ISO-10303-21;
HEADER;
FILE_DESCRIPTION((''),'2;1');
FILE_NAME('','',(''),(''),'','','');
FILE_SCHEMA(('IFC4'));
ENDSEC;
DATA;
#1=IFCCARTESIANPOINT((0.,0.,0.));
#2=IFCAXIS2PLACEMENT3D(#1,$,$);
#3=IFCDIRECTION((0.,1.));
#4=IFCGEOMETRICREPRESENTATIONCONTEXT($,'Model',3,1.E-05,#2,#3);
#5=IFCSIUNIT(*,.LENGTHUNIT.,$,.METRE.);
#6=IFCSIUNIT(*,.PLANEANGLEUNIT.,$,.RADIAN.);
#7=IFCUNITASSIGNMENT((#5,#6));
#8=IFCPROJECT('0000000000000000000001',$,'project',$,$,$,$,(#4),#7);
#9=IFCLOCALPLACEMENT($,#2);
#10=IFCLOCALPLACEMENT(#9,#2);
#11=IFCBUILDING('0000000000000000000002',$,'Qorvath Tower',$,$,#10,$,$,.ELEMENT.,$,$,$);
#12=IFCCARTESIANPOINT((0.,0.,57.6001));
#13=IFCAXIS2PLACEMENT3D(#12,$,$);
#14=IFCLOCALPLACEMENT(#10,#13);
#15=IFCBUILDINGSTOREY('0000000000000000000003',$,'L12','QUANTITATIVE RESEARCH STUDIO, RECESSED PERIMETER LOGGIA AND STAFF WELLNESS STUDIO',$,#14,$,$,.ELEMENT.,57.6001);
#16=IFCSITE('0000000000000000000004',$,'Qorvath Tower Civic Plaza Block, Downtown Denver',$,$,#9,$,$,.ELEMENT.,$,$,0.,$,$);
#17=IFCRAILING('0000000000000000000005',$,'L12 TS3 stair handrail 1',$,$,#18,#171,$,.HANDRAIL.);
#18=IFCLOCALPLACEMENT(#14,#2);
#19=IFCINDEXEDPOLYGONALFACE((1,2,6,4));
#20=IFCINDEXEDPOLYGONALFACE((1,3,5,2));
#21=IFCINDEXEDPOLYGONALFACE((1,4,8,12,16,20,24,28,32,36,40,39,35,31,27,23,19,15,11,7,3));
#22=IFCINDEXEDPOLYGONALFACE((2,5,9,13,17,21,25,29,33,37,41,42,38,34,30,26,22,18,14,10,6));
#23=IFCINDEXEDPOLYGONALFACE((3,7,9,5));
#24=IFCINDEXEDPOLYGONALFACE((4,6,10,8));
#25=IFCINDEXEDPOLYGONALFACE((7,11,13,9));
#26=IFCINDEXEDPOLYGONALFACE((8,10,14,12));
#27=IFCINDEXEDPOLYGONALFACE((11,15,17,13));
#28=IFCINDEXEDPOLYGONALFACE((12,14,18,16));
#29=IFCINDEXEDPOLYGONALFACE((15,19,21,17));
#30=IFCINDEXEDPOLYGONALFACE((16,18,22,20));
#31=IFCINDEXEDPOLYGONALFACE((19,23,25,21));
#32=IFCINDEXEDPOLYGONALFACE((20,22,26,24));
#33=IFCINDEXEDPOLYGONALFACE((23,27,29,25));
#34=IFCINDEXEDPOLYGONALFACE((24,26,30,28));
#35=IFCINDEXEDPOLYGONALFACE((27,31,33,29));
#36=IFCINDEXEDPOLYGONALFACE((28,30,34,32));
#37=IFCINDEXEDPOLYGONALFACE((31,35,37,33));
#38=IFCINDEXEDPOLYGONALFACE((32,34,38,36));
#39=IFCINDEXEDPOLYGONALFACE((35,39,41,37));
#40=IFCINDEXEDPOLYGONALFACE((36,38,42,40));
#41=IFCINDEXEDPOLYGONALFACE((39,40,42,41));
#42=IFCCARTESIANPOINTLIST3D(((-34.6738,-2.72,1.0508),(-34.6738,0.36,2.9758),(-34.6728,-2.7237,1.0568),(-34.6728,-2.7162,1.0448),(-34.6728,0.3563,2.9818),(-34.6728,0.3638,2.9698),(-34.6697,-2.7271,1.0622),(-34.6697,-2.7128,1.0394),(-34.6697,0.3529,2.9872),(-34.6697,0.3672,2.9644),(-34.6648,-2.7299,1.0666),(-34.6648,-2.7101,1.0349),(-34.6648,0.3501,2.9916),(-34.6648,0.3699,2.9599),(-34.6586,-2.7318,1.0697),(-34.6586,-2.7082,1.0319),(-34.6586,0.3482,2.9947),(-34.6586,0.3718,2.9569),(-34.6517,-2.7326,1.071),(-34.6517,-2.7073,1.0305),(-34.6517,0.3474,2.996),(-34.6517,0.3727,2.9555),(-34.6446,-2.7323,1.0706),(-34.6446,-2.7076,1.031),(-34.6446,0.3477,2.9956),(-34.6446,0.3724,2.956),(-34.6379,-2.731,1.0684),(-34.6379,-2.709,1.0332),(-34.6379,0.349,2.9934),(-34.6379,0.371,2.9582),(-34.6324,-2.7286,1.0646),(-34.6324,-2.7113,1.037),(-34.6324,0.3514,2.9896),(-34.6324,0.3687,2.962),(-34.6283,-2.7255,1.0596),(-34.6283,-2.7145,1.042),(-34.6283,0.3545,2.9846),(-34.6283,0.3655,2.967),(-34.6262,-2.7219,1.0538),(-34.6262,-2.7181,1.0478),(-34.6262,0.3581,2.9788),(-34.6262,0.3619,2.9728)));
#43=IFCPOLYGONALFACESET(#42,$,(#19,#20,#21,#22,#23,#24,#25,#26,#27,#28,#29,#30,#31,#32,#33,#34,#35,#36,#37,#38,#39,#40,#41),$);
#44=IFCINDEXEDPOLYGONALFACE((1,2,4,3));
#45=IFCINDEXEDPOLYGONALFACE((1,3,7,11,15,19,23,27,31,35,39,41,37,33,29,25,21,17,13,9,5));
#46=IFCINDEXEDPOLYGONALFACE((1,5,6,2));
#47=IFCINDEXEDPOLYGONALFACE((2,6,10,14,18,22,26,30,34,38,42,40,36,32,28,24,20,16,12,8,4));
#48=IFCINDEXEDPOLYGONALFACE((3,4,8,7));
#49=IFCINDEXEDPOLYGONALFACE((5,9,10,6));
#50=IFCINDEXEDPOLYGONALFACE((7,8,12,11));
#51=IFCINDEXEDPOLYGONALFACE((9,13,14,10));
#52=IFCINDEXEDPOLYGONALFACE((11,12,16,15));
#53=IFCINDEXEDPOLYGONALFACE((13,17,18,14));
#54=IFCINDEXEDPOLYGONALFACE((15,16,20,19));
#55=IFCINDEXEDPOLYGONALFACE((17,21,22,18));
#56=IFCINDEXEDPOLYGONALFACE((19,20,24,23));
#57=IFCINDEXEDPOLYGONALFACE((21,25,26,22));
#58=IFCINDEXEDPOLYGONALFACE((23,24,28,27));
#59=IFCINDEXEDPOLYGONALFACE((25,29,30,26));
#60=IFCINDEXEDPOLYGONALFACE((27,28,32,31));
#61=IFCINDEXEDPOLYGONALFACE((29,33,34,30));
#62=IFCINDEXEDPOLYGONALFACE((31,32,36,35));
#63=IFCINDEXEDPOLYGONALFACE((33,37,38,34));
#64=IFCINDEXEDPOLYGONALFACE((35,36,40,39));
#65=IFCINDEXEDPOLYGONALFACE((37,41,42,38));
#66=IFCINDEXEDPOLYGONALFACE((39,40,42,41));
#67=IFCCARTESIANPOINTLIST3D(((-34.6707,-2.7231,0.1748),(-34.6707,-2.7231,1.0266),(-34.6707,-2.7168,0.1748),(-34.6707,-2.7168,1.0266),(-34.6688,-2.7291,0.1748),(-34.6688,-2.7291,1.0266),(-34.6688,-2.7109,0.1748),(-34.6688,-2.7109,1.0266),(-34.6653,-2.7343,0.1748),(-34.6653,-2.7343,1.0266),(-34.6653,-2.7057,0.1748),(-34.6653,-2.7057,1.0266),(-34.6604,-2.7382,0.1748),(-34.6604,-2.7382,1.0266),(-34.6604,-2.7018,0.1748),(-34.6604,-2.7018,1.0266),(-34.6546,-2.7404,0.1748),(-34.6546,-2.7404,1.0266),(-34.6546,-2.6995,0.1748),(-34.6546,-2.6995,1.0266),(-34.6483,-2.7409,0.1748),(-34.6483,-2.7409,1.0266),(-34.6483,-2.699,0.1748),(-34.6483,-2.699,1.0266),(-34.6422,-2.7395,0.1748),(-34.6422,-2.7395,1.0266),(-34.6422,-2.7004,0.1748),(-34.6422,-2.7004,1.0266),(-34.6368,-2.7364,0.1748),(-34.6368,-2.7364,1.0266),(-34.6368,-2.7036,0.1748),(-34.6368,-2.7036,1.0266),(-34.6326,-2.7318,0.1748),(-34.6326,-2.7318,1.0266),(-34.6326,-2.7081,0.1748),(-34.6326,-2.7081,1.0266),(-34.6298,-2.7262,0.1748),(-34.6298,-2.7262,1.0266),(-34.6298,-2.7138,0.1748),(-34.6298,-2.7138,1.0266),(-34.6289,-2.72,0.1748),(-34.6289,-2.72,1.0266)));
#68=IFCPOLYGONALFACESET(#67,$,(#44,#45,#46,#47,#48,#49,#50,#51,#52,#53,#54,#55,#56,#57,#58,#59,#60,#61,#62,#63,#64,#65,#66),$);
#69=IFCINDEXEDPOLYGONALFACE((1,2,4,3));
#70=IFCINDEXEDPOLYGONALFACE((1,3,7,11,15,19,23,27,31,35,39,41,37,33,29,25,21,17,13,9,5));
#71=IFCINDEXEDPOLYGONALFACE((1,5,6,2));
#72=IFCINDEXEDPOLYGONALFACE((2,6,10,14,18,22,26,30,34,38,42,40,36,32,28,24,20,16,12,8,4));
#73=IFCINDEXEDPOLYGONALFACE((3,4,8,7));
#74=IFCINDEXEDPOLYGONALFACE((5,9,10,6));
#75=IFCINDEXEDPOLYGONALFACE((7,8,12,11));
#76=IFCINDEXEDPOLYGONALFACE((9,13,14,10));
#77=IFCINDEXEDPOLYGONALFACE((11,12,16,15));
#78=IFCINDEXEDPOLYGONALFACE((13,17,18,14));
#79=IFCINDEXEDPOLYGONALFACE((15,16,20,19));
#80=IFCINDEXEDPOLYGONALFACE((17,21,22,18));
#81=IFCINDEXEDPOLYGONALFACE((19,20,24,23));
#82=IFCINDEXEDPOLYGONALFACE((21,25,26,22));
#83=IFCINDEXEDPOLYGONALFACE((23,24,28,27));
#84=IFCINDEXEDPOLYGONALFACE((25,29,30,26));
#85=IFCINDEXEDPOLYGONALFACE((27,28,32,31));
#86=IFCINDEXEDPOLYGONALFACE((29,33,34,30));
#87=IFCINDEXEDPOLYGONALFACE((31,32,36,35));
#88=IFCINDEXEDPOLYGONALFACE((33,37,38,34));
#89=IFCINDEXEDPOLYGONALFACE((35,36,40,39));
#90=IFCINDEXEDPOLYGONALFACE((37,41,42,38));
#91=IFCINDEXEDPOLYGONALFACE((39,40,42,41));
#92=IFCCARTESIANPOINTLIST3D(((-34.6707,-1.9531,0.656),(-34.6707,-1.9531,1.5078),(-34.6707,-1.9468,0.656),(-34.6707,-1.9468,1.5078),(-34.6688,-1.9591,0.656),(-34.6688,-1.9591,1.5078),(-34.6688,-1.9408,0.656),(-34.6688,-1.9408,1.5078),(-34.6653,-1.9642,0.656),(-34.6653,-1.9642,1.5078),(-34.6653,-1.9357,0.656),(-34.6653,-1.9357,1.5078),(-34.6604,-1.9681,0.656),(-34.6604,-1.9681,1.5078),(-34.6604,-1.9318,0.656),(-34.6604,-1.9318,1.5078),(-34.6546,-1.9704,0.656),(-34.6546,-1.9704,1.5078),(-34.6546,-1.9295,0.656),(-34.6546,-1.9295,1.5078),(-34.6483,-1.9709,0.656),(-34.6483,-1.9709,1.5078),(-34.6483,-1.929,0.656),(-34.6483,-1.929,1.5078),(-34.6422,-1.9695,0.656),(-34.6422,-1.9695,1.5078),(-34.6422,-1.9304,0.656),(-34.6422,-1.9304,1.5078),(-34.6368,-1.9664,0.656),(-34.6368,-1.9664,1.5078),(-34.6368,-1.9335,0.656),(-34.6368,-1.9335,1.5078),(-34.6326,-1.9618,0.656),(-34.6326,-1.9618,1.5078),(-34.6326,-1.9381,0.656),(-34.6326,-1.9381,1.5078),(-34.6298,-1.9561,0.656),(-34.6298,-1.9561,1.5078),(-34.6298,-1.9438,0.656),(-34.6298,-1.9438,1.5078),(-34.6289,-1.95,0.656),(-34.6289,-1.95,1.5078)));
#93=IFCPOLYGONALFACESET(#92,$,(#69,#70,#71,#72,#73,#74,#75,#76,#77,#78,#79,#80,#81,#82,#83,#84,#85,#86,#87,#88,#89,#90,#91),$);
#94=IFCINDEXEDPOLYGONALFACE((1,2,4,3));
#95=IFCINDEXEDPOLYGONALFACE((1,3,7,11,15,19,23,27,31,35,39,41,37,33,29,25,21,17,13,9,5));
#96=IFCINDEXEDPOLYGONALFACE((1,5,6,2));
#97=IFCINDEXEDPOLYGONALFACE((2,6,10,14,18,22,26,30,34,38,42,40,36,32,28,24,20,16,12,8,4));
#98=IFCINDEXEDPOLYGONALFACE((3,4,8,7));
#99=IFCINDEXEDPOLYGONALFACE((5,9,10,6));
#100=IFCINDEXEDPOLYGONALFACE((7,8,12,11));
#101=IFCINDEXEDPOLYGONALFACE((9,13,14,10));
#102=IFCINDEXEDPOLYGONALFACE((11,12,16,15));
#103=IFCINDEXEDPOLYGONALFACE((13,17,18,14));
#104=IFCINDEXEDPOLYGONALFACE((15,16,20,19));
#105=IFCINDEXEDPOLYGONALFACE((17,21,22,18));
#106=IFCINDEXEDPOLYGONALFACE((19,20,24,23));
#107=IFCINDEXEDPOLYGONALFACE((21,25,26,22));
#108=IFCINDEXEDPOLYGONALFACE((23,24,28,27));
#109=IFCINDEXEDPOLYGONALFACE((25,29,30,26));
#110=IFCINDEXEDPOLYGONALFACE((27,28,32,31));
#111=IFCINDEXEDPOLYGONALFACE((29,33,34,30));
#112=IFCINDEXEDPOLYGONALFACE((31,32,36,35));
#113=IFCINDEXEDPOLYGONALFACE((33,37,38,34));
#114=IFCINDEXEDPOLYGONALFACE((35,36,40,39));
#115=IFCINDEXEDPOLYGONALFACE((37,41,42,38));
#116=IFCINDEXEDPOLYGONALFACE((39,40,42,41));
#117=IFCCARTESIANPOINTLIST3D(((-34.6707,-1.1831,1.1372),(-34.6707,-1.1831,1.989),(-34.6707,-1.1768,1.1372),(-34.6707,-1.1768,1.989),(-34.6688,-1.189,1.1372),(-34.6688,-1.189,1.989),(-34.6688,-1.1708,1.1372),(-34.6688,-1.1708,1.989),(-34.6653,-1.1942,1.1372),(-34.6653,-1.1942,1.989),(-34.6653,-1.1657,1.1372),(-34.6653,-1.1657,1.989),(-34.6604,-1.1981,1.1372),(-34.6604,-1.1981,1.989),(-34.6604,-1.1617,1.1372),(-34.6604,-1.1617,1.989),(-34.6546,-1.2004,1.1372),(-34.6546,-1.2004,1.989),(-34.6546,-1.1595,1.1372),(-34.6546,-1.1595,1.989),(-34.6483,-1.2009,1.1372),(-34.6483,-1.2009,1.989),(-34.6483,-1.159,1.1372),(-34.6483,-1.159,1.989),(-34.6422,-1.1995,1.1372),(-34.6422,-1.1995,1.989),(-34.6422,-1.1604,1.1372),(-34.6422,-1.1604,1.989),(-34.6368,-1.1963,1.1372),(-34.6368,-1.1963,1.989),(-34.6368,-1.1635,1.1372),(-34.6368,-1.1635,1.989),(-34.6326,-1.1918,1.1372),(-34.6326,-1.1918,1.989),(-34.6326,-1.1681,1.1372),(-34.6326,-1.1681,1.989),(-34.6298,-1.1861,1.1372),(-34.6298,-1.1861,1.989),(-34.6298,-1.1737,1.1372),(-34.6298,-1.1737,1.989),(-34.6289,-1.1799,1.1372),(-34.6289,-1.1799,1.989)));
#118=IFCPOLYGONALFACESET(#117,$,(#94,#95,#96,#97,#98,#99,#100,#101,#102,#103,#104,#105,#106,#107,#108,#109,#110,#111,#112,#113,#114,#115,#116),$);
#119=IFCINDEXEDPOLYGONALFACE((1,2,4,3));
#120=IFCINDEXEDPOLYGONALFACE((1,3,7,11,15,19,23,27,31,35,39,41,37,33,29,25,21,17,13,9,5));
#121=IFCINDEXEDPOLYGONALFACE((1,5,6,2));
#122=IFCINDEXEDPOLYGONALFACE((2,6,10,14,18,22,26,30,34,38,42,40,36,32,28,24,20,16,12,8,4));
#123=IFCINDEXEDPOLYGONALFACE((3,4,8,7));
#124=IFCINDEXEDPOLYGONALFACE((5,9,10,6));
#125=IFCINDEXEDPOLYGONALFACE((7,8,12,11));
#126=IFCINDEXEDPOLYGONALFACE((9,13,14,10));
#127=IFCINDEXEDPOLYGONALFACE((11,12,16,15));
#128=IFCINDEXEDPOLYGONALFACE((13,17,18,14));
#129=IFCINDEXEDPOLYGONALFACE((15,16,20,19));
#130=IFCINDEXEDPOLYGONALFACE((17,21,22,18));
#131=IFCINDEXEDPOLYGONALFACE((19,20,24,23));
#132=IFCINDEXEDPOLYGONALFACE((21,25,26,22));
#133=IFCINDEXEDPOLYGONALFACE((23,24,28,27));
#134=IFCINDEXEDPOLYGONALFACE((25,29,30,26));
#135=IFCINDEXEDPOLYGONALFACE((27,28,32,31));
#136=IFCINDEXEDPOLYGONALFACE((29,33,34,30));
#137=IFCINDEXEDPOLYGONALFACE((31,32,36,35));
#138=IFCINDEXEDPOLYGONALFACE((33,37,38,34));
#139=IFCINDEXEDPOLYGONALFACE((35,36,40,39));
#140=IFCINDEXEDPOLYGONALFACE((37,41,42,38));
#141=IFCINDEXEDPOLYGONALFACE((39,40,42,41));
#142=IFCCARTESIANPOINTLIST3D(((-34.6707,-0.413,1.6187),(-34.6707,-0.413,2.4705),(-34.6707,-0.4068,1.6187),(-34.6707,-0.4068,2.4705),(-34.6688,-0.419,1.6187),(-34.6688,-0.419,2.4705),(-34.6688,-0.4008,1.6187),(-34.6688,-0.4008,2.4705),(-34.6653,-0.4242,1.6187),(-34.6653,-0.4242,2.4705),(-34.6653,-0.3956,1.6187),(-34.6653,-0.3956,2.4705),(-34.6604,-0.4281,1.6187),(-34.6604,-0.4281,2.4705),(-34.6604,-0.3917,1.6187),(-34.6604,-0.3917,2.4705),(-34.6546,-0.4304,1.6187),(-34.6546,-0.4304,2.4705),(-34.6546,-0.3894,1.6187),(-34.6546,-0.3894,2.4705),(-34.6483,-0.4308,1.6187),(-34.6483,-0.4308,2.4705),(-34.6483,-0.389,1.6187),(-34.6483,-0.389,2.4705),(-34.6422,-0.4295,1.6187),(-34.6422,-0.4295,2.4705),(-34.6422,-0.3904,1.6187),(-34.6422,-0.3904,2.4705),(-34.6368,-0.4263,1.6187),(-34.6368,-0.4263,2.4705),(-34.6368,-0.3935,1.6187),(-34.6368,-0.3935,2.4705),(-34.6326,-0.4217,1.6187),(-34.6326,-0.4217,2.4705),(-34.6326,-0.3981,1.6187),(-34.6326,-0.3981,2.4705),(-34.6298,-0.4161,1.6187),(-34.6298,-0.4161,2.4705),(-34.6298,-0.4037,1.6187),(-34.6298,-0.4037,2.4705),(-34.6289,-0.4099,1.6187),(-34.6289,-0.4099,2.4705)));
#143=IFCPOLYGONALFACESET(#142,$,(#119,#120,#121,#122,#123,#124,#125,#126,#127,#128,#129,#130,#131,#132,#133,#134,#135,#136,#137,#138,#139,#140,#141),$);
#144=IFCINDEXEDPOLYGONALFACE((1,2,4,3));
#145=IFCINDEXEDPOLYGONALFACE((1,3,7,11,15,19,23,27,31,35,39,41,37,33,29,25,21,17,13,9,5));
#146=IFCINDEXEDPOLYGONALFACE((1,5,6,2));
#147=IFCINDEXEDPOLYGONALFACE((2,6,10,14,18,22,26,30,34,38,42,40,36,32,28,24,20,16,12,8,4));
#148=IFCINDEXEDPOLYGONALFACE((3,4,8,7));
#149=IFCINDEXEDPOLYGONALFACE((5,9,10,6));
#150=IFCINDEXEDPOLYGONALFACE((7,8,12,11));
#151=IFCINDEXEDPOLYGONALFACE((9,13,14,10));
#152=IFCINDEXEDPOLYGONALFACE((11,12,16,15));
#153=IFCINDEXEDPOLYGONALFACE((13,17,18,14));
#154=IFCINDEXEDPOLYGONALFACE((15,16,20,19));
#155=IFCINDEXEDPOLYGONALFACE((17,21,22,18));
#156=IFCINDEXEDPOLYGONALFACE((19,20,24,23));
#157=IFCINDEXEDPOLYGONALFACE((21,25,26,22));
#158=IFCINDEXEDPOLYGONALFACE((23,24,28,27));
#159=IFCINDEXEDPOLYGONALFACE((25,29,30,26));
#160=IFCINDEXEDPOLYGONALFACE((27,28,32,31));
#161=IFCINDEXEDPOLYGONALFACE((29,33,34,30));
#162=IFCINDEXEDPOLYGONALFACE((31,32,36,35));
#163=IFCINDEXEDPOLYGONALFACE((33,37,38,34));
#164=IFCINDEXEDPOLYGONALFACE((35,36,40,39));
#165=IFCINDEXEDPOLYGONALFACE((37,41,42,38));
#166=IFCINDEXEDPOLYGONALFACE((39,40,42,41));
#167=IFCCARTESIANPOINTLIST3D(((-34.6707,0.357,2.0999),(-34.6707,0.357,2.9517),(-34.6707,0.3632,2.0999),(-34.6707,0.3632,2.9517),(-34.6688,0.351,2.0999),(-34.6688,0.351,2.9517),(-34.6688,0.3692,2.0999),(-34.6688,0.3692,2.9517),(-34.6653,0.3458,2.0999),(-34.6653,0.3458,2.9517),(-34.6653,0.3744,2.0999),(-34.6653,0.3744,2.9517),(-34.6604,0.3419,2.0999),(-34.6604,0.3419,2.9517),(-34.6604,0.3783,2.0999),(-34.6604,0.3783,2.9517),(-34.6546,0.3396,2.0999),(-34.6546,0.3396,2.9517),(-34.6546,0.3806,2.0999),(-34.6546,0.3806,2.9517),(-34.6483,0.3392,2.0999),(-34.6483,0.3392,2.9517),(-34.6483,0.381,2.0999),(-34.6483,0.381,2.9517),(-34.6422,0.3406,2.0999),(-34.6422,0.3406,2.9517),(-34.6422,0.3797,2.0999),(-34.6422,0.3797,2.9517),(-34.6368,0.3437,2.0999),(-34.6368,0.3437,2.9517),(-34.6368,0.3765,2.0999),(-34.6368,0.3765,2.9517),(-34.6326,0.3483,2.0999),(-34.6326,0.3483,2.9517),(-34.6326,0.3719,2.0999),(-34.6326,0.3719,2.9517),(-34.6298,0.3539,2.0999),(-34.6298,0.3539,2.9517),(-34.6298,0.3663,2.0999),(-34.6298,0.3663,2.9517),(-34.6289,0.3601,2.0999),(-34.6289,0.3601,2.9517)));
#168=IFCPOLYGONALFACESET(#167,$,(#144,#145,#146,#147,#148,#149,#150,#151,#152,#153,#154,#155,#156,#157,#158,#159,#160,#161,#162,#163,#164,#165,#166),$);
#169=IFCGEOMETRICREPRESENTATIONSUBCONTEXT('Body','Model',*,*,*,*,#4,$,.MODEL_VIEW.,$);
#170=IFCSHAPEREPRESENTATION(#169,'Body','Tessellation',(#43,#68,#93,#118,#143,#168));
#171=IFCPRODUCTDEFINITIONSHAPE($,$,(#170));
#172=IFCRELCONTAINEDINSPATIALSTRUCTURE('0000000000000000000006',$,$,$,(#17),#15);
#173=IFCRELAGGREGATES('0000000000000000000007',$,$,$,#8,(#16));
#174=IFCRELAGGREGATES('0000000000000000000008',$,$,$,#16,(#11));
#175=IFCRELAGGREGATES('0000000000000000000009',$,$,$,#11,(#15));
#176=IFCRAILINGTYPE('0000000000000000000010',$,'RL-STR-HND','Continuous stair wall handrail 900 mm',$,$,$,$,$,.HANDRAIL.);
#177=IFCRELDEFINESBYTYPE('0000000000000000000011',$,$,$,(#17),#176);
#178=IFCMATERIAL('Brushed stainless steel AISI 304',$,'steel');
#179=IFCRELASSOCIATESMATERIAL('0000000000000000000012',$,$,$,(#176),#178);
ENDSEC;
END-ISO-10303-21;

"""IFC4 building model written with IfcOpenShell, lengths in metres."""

from ifc_helpers import new_model, si_unit, direction, frame, origin, origin_2d, place, context, subcontext, project, spatial, circle, extrude, material, type_object, element, save


model = new_model("IFC4")

# Units and contexts
model_context = context("Model", 3, precision=1e-05, world=origin(), true_north=direction((0.0, 1.0)))
body_context = subcontext(model_context, "Body", "Model", "MODEL_VIEW")
ifc_project = project(units=[si_unit("LENGTHUNIT", "METRE"), si_unit("PLANEANGLEUNIT", "RADIAN")], contexts=[model_context])

# Site, building, storey
site_placement = place(None, origin())
site = spatial("IfcSite", under=ifc_project, at=site_placement, Name="Qorvath Tower Civic Plaza Block, Downtown Denver", CompositionType="ELEMENT", RefElevation=0.0)
building_placement = place(site_placement, origin())
building = spatial("IfcBuilding", under=site, at=building_placement, Name="Qorvath Tower", CompositionType="ELEMENT")
storey_placement = place(building_placement, frame((0.0, 0.0, 57.6001)))
storey = spatial("IfcBuildingStorey", under=building, at=storey_placement, Name="L12", Description="QUANTITATIVE RESEARCH STUDIO, RECESSED PERIMETER LOGGIA AND STAFF WELLNESS STUDIO", CompositionType="ELEMENT", Elevation=57.6001)

# Railing
ifc_material_1 = material(Name="Brushed stainless steel AISI 304", Category="steel")
railing_type_1 = type_object("IfcRailingType", Name="RL-STR-HND", Description="Continuous stair wall handrail 900 mm", PredefinedType="HANDRAIL", material=ifc_material_1)
railing_1_placement = place(storey_placement, frame((-34.6499, -2.72, 0.1748)))
element("IfcRailing", 1, at=railing_1_placement, inside=storey, type_object=railing_type_1, Name="L12 TS3 stair handrail 1", PredefinedType="HANDRAIL", context=body_context, shape_type="SweptSolid", body=[
    extrude(circle(Radius=0.0239, at=origin_2d()), frame((0.0, 0.0, 0.876), z_axis=(0.0, 0.847998, 0.529999), x_axis=(-1.0, 0.0, 0.0)), (0.0, 0.0, 1.0), 3.6321),
    extrude(circle(Radius=0.021, at=origin_2d()), origin(), (0.0, 0.0, 1.0), 0.8518),
    extrude(circle(Radius=0.021, at=origin_2d()), frame((0.0, 0.77, 0.4812)), (0.0, 0.0, 1.0), 0.8518),
    extrude(circle(Radius=0.021, at=origin_2d()), frame((0.0, 1.54, 0.9624)), (0.0, 0.0, 1.0), 0.8518),
    extrude(circle(Radius=0.021, at=origin_2d()), frame((0.0, 2.3101, 1.4438)), (0.0, 0.0, 1.0), 0.8518),
    extrude(circle(Radius=0.021, at=origin_2d()), frame((0.0, 3.0801, 1.925)), (0.0, 0.0, 1.0), 0.8518),
])

save(model, "model.ifc")
